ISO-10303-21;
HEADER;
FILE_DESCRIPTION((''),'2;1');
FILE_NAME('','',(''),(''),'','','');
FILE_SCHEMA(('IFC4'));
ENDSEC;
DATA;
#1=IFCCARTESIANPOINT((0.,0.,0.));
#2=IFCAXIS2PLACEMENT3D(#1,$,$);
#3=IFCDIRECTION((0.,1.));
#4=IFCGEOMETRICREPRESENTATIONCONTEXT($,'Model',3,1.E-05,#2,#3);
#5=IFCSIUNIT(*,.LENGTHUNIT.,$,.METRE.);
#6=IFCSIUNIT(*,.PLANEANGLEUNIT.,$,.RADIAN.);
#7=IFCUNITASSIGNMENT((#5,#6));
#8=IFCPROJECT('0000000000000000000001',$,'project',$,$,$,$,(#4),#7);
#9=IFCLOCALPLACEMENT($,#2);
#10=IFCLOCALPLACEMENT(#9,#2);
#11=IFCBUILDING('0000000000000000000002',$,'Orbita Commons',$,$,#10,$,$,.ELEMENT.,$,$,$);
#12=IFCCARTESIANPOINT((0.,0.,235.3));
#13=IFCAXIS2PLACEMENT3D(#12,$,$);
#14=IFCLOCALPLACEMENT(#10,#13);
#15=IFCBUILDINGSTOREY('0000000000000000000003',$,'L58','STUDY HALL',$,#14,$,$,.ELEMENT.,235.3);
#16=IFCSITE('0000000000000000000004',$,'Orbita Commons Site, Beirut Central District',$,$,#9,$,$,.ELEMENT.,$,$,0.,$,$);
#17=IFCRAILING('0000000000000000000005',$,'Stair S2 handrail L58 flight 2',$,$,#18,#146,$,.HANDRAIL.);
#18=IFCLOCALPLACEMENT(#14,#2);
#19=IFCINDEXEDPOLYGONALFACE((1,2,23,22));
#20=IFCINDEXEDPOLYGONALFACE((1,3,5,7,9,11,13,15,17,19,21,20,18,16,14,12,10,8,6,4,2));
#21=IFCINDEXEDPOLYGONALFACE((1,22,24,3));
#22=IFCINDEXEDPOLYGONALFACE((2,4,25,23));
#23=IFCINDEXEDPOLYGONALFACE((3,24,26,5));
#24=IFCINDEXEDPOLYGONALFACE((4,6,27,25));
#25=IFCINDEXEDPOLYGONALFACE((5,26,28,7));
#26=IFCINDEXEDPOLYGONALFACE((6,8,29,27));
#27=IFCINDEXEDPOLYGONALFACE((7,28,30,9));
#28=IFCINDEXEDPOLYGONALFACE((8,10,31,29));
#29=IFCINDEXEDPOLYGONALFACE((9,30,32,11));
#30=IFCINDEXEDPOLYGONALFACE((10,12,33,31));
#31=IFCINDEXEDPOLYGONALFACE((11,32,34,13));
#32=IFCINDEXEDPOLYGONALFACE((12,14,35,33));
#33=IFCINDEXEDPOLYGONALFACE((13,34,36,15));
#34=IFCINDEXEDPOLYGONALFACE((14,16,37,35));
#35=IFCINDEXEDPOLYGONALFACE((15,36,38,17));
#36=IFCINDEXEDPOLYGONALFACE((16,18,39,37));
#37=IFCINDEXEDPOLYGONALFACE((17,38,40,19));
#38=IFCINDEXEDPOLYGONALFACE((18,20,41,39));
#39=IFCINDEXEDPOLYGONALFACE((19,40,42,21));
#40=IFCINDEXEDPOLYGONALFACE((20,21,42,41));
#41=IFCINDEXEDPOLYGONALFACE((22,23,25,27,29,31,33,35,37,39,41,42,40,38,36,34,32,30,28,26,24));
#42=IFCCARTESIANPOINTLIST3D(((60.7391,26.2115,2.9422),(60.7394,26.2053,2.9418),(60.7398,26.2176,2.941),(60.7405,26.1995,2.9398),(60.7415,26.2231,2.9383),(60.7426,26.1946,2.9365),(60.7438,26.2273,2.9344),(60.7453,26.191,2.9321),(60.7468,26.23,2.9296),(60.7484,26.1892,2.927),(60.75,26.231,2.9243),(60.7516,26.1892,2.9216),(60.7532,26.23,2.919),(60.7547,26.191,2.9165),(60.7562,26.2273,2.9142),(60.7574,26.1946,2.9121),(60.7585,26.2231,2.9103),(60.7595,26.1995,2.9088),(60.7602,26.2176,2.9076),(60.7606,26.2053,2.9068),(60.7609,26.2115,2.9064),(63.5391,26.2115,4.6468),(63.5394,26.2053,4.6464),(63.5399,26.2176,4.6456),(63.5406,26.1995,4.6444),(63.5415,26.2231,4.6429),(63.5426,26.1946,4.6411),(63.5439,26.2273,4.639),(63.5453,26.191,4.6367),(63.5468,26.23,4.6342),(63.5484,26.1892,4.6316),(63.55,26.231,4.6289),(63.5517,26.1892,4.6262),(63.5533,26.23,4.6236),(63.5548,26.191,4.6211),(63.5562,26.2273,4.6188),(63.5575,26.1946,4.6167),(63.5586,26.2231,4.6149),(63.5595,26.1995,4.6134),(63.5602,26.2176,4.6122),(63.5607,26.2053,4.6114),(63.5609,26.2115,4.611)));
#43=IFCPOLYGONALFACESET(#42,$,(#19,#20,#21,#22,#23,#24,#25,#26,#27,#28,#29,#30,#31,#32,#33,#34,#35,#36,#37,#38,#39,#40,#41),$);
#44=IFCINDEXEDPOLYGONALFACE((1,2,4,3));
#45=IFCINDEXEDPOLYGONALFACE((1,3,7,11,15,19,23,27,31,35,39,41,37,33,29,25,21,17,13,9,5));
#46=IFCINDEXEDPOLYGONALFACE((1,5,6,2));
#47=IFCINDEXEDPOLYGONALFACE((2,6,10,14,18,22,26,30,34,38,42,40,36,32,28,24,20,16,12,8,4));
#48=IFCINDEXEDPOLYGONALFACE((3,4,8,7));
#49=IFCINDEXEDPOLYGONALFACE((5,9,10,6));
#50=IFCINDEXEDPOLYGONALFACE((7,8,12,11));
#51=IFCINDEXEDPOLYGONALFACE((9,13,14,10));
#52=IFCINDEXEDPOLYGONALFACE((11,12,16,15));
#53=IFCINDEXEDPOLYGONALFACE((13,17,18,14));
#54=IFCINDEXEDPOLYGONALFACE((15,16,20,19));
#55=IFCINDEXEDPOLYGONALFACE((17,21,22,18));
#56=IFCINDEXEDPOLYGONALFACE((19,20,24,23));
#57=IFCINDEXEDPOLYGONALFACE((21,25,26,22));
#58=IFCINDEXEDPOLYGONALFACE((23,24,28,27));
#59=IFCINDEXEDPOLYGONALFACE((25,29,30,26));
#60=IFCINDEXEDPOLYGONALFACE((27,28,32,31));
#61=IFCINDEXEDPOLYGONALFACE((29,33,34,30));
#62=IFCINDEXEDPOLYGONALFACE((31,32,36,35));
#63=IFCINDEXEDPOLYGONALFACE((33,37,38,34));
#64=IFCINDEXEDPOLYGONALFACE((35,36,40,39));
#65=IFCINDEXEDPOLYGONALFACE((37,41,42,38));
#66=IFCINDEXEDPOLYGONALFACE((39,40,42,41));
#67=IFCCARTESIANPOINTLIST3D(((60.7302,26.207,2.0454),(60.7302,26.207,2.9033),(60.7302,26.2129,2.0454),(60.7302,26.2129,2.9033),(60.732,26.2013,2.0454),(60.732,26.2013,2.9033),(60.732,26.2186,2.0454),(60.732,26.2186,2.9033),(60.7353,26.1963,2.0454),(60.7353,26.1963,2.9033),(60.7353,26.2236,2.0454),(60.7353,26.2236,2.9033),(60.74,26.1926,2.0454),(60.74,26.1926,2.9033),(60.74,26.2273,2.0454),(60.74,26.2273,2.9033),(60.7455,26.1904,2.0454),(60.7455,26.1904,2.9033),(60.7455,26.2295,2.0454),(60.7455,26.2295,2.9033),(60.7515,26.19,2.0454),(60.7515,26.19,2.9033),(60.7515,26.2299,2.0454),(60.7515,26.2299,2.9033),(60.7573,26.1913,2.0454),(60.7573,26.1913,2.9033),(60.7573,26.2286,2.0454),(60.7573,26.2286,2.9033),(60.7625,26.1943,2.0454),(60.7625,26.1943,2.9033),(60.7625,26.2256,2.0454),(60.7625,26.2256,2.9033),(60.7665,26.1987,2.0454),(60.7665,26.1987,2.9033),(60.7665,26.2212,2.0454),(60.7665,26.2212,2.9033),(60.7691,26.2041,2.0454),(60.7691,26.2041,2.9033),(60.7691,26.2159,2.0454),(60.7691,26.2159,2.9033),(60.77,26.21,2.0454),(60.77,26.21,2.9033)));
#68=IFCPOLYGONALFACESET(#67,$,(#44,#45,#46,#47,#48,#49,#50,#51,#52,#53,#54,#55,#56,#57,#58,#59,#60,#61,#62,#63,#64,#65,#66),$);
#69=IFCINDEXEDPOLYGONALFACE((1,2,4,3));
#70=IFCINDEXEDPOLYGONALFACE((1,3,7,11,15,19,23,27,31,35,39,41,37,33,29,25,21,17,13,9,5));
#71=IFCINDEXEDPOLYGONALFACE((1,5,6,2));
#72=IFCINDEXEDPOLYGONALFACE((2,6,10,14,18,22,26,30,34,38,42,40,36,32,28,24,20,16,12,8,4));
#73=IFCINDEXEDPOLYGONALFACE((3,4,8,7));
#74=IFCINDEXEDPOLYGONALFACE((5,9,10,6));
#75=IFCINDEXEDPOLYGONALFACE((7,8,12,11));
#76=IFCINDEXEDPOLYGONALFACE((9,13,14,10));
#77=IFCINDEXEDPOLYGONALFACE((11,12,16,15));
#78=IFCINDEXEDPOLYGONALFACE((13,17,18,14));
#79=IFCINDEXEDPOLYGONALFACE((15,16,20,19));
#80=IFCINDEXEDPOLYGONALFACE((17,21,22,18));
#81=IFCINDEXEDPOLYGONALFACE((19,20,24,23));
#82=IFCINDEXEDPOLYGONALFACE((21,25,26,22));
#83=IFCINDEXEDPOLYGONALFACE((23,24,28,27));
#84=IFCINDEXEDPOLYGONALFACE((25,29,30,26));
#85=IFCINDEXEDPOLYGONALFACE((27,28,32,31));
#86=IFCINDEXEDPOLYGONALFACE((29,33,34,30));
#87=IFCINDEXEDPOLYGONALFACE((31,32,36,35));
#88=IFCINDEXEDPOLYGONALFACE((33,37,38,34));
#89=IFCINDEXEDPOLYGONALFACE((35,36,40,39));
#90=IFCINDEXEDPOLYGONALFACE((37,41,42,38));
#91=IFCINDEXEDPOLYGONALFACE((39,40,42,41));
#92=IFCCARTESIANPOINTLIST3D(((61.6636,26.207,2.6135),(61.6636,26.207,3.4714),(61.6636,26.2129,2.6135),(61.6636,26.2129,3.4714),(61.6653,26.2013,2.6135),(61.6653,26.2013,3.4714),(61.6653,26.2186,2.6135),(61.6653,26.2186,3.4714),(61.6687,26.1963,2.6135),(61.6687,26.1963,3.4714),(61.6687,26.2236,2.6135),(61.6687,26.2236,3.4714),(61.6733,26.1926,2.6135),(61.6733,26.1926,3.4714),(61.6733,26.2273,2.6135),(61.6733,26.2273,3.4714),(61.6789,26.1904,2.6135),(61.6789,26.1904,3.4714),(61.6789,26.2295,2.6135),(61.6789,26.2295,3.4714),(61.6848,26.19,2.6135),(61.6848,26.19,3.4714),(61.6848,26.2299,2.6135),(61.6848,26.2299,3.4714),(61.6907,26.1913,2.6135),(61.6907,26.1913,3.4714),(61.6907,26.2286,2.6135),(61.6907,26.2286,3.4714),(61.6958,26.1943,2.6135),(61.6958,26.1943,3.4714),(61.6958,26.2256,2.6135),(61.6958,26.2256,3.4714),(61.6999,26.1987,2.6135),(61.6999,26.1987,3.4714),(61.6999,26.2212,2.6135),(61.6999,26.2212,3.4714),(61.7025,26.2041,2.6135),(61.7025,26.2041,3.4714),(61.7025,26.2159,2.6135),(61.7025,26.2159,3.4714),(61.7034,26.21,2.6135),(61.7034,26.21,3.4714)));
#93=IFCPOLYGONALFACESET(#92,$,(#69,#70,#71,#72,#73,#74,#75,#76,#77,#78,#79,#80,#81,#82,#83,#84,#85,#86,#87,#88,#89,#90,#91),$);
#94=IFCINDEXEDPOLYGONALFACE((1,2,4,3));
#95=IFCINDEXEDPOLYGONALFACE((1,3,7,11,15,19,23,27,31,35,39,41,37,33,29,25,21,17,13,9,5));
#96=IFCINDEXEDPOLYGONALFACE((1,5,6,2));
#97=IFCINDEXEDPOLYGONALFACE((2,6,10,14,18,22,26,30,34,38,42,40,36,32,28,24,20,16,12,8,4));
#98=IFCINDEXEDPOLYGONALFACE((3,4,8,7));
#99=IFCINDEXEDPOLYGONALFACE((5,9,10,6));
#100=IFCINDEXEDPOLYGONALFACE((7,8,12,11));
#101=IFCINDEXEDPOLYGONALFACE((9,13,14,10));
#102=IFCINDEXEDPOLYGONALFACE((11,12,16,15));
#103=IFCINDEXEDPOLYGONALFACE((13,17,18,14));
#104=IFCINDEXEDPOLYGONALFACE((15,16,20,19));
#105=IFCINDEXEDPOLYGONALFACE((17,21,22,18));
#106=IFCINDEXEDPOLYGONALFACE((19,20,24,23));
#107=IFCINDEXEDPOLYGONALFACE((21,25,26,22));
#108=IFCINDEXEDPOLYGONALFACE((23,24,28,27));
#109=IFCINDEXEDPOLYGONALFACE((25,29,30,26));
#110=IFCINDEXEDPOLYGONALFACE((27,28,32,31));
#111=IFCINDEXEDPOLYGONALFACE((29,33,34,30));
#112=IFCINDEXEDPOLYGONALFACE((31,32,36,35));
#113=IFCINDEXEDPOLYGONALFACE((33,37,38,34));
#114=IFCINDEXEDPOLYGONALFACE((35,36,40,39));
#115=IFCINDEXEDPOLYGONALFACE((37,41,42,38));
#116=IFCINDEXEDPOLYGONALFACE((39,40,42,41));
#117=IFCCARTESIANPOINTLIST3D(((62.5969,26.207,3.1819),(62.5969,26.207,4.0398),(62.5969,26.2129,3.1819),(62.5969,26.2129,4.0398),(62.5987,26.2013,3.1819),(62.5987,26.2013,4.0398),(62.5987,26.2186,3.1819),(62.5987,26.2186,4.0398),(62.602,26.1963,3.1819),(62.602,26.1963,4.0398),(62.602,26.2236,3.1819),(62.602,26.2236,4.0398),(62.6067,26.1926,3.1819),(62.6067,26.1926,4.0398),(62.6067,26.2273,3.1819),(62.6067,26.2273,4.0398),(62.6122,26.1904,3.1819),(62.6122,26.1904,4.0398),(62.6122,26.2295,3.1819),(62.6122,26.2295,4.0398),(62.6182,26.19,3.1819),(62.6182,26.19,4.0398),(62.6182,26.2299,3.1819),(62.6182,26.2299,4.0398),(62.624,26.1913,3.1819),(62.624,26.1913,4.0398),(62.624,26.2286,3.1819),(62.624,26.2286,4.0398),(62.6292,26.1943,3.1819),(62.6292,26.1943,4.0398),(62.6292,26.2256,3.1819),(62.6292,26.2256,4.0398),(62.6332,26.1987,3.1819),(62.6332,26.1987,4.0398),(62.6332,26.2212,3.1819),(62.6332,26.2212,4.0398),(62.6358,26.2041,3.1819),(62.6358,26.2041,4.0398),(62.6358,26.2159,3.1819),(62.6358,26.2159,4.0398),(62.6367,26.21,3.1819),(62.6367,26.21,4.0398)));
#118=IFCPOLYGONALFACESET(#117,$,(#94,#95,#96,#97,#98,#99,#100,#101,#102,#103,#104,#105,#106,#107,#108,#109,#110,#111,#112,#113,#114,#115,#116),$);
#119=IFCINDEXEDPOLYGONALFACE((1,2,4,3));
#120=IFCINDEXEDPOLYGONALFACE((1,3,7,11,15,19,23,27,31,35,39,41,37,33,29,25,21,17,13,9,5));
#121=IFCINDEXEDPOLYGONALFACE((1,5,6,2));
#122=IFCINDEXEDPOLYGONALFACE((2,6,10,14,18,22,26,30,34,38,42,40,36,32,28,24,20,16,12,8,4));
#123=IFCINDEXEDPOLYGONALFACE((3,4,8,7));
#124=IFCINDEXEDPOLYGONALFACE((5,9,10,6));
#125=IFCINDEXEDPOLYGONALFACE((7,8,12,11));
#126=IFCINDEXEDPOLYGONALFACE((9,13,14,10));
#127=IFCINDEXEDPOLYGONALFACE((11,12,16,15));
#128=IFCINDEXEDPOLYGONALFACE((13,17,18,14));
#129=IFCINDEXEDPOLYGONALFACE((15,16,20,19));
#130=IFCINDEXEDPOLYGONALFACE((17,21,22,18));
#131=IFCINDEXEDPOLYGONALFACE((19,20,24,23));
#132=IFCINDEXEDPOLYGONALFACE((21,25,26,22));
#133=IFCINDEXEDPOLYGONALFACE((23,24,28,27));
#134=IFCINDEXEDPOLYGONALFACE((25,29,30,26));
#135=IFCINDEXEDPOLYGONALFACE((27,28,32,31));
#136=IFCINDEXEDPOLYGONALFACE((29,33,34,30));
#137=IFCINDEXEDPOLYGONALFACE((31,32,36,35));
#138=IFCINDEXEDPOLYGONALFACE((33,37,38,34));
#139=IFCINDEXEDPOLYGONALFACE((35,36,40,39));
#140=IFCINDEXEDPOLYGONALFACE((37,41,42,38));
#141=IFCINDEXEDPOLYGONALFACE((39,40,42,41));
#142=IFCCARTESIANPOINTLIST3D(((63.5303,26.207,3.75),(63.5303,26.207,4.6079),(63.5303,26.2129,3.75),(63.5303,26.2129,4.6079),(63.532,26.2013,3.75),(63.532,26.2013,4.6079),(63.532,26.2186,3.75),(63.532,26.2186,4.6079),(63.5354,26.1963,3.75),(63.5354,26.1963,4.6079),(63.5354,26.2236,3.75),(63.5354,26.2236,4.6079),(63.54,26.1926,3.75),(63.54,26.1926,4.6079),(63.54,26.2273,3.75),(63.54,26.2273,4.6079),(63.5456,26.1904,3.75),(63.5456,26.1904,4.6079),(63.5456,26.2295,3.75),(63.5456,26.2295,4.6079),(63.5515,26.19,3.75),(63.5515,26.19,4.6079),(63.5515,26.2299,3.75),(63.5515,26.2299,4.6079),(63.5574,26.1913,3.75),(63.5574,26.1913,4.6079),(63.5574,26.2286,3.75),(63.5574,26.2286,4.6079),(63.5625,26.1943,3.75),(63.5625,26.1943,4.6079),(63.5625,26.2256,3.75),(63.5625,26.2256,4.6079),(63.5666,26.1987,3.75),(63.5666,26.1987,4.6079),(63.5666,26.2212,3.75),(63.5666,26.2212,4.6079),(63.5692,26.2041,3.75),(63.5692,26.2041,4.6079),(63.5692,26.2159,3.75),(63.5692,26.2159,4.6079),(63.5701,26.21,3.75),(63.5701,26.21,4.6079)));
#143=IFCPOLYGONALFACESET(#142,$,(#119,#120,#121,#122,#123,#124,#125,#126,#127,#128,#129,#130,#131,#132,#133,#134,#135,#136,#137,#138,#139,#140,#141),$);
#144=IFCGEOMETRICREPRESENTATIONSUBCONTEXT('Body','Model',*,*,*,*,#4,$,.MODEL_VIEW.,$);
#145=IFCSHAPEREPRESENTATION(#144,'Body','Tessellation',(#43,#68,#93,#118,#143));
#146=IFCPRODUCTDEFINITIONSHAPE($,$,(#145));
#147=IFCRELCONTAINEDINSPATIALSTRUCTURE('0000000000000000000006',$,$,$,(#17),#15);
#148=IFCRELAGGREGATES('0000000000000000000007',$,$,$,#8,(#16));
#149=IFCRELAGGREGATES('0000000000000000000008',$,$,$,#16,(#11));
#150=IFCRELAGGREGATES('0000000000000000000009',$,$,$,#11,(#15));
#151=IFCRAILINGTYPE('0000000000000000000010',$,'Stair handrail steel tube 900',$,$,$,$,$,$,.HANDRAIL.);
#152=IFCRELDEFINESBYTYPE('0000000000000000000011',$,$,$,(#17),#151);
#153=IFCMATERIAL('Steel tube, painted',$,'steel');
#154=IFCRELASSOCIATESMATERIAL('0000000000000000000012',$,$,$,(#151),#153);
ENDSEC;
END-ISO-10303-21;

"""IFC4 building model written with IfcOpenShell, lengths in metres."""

from ifc_helpers import new_model, si_unit, direction, frame, origin, origin_2d, place, context, subcontext, project, spatial, circle, extrude, material, type_object, element, save


model = new_model("IFC4")

# Units and contexts
model_context = context("Model", 3, precision=1e-05, world=origin(), true_north=direction((0.0, 1.0)))
body_context = subcontext(model_context, "Body", "Model", "MODEL_VIEW")
ifc_project = project(units=[si_unit("LENGTHUNIT", "METRE"), si_unit("PLANEANGLEUNIT", "RADIAN")], contexts=[model_context])

# Site, building, storey
site_placement = place(None, origin())
site = spatial("IfcSite", under=ifc_project, at=site_placement, Name="Orbita Commons Site, Beirut Central District", CompositionType="ELEMENT", RefElevation=0.0)
building_placement = place(site_placement, origin())
building = spatial("IfcBuilding", under=site, at=building_placement, Name="Orbita Commons", CompositionType="ELEMENT")
storey_placement = place(building_placement, frame((0.0, 0.0, 235.3)))
storey = spatial("IfcBuildingStorey", under=building, at=storey_placement, Name="L58", Description="STUDY HALL", CompositionType="ELEMENT", Elevation=235.3)

# Railing
ifc_material_1 = material(Name="Steel tube, painted", Category="steel")
railing_type = type_object("IfcRailingType", Name="Stair handrail steel tube 900", PredefinedType="HANDRAIL", material=ifc_material_1)
for number, where, name in (
    (1, (60.75, 26.21, 2.0454), "Stair S2 handrail L58 flight 2"),
):
    element("IfcRailing", number, at=place(storey_placement, frame(where)), inside=storey, type_object=railing_type, Name=name, PredefinedType="HANDRAIL", context=body_context, shape_type="SweptSolid", body=[
        extrude(circle(Radius=0.021, at=origin_2d()), frame((0.0, 0.0, 0.8789), z_axis=(0.85417, 0.0, 0.519994), x_axis=(0.0, 1.0, 0.0)), (0.0, 0.0, 1.0), 3.2781),
        extrude(circle(Radius=0.02, at=origin_2d()), origin(), (0.0, 0.0, 1.0), 0.8579),
        extrude(circle(Radius=0.02, at=origin_2d()), frame((0.9333, 0.0, 0.5681)), (0.0, 0.0, 1.0), 0.8579),
        extrude(circle(Radius=0.02, at=origin_2d()), frame((1.8667, 0.0, 1.1365)), (0.0, 0.0, 1.0), 0.8579),
        extrude(circle(Radius=0.02, at=origin_2d()), frame((2.8, 0.0, 1.7046)), (0.0, 0.0, 1.0), 0.8579),
    ])

save(model, "model.ifc")
